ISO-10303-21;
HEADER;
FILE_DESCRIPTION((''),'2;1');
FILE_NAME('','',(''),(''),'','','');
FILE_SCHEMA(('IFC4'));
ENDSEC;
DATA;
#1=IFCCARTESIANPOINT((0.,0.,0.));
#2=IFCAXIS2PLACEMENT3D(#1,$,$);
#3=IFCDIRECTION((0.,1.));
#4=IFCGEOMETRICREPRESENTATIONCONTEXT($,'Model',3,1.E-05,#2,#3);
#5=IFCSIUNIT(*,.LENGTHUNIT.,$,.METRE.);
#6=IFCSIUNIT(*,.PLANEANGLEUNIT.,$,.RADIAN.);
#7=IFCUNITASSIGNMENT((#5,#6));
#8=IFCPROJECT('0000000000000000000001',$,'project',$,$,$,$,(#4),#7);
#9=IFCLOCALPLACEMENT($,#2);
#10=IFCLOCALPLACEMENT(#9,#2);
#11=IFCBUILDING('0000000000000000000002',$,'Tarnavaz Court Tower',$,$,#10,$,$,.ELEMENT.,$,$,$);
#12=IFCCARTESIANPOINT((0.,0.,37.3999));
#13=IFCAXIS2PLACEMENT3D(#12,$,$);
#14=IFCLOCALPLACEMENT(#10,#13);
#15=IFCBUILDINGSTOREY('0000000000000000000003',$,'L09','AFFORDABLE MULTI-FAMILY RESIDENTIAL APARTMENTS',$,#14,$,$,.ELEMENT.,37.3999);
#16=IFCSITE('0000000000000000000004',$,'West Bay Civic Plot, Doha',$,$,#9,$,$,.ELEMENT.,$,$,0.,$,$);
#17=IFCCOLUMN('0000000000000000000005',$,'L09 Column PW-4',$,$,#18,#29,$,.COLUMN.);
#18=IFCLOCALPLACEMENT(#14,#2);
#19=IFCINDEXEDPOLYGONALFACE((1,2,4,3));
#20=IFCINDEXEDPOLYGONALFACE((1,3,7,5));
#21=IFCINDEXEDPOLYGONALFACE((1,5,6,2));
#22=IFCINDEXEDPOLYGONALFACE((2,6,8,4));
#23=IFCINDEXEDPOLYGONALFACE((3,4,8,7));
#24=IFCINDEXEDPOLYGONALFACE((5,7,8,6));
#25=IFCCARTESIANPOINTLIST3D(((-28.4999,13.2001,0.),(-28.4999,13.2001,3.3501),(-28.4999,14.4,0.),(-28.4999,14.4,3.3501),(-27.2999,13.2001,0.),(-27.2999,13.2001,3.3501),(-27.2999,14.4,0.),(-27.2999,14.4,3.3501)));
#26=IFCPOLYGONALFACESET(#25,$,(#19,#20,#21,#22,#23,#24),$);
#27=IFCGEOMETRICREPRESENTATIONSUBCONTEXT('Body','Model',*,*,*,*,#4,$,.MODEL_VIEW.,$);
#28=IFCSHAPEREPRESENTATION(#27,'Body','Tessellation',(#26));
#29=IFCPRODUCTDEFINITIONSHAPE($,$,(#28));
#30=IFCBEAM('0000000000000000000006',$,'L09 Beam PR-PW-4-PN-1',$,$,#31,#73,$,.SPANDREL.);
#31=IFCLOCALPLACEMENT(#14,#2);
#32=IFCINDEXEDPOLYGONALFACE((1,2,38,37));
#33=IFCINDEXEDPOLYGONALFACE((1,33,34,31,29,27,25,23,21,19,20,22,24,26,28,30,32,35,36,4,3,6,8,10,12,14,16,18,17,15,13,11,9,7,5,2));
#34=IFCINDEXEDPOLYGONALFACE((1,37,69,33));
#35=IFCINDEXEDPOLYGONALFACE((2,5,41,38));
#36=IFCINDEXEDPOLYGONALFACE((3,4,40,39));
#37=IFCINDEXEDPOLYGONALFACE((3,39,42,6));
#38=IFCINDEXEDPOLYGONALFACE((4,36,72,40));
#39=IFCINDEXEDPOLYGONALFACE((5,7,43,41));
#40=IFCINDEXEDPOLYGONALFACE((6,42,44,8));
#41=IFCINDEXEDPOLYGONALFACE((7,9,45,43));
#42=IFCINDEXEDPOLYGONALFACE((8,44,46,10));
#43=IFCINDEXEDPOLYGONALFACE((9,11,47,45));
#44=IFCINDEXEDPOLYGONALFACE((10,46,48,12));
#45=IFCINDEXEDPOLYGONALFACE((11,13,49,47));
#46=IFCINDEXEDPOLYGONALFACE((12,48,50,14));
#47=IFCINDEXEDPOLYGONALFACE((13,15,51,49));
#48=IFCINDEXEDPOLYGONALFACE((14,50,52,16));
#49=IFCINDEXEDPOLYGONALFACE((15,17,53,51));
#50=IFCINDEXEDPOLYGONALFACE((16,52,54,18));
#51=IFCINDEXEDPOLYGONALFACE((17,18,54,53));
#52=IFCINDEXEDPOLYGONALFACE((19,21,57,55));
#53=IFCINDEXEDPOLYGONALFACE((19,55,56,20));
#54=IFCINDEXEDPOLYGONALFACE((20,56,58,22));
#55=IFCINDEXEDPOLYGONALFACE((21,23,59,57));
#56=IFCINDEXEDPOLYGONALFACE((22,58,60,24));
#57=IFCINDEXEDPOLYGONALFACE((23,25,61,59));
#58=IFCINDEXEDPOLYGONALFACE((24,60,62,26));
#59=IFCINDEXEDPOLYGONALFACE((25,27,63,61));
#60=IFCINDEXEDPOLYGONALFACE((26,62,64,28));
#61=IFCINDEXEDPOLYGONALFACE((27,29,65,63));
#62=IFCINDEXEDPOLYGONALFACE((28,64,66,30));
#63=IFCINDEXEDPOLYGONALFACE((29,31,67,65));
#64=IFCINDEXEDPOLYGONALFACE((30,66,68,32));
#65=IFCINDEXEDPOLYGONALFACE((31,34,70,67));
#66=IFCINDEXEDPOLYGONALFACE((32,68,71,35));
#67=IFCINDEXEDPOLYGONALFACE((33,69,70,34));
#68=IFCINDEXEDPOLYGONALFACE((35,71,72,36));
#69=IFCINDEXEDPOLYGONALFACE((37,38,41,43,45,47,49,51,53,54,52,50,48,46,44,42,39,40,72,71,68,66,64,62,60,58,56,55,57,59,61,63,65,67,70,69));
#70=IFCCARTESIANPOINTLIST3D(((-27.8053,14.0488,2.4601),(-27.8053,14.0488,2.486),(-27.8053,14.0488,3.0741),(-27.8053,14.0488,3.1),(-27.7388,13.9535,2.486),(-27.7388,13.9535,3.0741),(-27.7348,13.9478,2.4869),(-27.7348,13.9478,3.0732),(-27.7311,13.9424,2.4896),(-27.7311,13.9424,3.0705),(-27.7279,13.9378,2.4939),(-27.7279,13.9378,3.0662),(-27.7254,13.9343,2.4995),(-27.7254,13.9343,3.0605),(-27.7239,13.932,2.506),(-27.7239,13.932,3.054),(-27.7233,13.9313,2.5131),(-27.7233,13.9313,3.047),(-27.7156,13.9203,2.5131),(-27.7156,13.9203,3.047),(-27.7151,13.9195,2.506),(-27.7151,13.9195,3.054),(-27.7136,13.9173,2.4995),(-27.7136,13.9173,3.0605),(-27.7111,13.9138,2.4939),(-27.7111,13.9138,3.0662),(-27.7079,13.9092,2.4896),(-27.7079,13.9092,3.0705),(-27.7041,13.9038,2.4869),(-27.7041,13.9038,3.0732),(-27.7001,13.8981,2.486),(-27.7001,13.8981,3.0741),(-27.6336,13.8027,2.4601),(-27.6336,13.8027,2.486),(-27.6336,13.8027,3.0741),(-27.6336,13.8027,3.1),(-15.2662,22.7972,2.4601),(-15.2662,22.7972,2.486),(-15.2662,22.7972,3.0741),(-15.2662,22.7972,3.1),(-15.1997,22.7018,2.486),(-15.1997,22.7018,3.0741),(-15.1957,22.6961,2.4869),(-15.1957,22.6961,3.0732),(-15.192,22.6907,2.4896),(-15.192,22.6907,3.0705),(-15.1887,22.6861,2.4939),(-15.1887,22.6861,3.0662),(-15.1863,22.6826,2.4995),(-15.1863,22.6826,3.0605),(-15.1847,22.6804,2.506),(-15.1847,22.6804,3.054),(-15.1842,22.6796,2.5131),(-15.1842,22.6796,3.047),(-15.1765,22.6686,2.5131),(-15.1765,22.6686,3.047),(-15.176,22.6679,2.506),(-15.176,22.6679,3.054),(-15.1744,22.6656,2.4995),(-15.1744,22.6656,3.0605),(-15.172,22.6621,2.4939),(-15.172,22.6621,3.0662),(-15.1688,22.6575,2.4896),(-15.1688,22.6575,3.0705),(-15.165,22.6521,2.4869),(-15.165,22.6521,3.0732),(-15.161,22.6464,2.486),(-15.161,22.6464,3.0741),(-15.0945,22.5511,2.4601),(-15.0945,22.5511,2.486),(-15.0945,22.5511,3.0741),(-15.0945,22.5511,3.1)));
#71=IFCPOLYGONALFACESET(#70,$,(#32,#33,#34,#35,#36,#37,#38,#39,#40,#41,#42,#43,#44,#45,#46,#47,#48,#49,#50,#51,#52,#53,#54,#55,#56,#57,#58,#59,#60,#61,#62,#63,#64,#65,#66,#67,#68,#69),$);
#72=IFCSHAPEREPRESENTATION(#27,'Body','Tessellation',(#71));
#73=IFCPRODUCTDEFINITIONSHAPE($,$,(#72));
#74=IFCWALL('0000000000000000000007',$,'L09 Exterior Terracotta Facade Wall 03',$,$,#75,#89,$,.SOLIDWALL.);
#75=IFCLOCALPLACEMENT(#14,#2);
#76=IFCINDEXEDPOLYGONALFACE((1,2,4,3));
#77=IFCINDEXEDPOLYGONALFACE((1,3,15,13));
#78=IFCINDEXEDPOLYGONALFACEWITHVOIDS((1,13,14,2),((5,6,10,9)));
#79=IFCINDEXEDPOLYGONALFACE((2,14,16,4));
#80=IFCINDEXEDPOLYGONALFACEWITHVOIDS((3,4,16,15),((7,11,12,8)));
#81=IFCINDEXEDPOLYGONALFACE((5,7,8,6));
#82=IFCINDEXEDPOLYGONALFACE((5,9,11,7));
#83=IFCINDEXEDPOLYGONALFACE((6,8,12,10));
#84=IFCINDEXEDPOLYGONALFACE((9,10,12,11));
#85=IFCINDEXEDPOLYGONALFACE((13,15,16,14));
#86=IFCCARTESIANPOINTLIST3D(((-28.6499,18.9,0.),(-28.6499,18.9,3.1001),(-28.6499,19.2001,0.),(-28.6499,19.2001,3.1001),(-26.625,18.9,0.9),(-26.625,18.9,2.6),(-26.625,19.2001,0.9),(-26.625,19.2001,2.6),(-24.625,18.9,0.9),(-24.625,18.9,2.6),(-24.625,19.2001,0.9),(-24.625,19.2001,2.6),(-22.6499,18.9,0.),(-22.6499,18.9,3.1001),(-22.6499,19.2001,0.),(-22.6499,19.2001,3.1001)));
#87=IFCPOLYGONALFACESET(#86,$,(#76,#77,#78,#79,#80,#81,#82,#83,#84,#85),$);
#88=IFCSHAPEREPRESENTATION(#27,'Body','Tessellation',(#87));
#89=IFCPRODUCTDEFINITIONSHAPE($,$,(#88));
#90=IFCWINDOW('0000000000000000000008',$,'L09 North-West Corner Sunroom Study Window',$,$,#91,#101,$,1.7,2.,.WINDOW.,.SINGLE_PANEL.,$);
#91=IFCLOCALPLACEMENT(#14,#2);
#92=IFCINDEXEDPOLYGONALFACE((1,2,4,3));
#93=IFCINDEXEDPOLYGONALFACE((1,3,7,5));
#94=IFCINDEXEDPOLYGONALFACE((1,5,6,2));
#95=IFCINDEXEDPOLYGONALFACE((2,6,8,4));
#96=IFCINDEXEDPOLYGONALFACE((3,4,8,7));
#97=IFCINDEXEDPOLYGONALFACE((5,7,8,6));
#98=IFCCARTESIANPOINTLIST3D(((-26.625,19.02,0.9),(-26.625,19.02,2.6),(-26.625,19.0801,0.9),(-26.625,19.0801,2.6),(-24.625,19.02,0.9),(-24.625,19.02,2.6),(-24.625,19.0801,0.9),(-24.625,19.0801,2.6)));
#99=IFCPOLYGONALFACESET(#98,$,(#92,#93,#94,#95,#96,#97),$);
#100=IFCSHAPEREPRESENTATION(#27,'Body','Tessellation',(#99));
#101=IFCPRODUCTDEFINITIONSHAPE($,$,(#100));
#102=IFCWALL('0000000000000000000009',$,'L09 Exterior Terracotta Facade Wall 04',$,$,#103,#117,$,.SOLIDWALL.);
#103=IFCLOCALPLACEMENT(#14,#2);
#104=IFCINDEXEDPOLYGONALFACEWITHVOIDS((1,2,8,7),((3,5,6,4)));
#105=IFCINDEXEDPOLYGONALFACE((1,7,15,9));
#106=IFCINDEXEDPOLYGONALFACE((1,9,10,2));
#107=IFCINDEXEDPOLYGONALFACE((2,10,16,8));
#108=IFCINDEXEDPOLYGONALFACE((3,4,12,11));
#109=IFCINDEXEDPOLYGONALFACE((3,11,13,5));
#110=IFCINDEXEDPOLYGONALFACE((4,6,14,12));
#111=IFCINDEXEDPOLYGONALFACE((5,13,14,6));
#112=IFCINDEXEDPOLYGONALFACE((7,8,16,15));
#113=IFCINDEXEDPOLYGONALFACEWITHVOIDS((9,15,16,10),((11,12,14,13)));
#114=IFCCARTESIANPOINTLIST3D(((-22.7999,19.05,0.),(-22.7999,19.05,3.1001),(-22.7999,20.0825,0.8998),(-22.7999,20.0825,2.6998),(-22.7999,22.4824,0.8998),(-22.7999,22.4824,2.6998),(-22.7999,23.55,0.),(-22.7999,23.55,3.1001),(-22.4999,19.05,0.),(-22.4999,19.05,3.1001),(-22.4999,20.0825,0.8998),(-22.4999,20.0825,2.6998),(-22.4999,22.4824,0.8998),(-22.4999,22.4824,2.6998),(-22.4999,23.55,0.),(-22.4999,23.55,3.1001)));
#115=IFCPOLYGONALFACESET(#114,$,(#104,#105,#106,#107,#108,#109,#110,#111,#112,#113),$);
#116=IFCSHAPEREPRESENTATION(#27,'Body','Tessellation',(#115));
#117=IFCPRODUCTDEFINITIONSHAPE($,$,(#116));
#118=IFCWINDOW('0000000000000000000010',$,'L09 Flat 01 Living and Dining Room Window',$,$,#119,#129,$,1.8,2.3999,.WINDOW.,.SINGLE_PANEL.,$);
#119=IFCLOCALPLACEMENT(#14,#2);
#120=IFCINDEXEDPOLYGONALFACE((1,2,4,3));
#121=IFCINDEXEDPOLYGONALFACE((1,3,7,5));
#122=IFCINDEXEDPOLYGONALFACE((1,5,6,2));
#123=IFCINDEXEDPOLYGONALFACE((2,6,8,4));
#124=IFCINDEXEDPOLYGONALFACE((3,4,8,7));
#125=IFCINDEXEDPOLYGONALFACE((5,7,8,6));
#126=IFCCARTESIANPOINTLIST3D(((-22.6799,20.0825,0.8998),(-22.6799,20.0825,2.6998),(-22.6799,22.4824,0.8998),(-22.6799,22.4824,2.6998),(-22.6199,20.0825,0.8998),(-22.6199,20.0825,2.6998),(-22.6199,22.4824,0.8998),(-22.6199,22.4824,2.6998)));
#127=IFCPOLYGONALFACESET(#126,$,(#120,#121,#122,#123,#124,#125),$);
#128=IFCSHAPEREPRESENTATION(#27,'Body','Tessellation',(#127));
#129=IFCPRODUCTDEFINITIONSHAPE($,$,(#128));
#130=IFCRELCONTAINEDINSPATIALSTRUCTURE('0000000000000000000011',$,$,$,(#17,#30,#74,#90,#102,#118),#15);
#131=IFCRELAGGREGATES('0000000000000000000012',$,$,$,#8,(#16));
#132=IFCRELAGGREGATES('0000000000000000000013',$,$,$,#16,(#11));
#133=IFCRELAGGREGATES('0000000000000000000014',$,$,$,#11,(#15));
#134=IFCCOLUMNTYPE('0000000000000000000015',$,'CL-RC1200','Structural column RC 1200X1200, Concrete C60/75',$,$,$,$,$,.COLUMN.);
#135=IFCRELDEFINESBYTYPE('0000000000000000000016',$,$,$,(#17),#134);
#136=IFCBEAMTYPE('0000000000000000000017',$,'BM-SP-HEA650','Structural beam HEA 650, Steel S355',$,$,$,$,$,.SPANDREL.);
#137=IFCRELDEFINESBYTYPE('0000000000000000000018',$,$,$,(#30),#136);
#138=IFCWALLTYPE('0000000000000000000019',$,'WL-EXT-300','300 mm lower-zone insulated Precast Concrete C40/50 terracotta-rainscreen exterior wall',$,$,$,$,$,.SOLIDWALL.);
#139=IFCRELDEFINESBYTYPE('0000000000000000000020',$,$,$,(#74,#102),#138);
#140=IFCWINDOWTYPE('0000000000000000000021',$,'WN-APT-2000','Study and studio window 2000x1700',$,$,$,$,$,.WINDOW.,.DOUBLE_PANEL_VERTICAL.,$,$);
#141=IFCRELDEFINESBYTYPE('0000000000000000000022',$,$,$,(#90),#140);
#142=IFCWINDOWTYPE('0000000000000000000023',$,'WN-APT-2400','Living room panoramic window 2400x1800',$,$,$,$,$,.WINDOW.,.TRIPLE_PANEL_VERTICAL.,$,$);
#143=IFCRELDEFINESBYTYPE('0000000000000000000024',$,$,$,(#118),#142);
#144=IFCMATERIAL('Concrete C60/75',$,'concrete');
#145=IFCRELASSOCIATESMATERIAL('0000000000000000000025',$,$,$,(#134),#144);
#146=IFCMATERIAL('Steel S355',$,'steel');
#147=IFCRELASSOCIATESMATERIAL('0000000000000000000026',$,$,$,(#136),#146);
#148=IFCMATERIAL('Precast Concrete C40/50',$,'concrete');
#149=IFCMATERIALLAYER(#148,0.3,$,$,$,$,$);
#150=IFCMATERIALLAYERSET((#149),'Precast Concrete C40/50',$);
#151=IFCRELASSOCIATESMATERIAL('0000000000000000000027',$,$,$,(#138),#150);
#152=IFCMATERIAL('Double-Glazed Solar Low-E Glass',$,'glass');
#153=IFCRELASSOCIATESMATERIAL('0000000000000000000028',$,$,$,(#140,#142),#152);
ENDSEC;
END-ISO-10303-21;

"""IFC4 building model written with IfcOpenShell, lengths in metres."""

from ifc_helpers import new_model, si_unit, direction, frame, frame_2d, origin, origin_2d, place, context, subcontext, project, spatial, rectangle, i_section, extrude, material, layer, layer_set, material_profile, profile_set, type_object, element, fill, save


model = new_model("IFC4")

# Units and contexts
model_context = context("Model", 3, precision=1e-05, world=origin(), true_north=direction((0.0, 1.0)))
body_context = subcontext(model_context, "Body", "Model", "MODEL_VIEW")
ifc_project = project(units=[si_unit("LENGTHUNIT", "METRE"), si_unit("PLANEANGLEUNIT", "RADIAN")], contexts=[model_context])

# Site, building, storey
site_placement = place(None, origin())
site = spatial("IfcSite", under=ifc_project, at=site_placement, Name="West Bay Civic Plot, Doha", CompositionType="ELEMENT", RefElevation=0.0)
building_placement = place(site_placement, origin())
building = spatial("IfcBuilding", under=site, at=building_placement, Name="Tarnavaz Court Tower", CompositionType="ELEMENT")
storey_placement = place(building_placement, frame((0.0, 0.0, 37.3999)))
storey = spatial("IfcBuildingStorey", under=building, at=storey_placement, Name="L09", Description="AFFORDABLE MULTI-FAMILY RESIDENTIAL APARTMENTS", CompositionType="ELEMENT", Elevation=37.3999)

# Column
ifc_material_1 = material(Name="Concrete C60/75", Category="concrete")
ifc_material_profile_1 = material_profile(ifc_material_1, rectangle(XDim=1.2, YDim=1.2, at=origin_2d()), Name="RC 1200X1200")
ifc_profile_set_1 = profile_set([ifc_material_profile_1], Name="Concrete C60/75")
column_type = type_object("IfcColumnType", Name="CL-RC1200", Description="Structural column RC 1200X1200, Concrete C60/75", PredefinedType="COLUMN", material=ifc_profile_set_1)
column_placement = place(storey_placement, frame((-27.8999, 13.8, 0.0), z_axis=(0.0, 0.0, 1.0), x_axis=(1.0, 0.0, 0.0)))
element("IfcColumn", 1, at=column_placement, inside=storey, type_object=column_type, Name="L09 Column PW-4", PredefinedType="COLUMN", context=body_context, shape_type="SweptSolid", body=[
    extrude(rectangle(XDim=1.2, YDim=1.2, at=origin_2d()), origin(), (0.0, 0.0, 1.0), 3.3501),
])

# Beam
ifc_material_2 = material(Name="Steel S355", Category="steel")
ifc_material_profile_2 = material_profile(ifc_material_2, i_section(OverallWidth=0.3, OverallDepth=0.6399, WebThickness=0.0134, FlangeThickness=0.0259, FilletRadius=0.0271, at=origin_2d()), Name="HEA 650")
ifc_profile_set_2 = profile_set([ifc_material_profile_2], Name="Steel S355")
beam_type = type_object("IfcBeamType", Name="BM-SP-HEA650", Description="Structural beam HEA 650, Steel S355", PredefinedType="SPANDREL", material=ifc_profile_set_2)
beam_placement = place(storey_placement, frame((-27.7195, 13.9258, 2.78), z_axis=(0.820124, 0.572186, 0.0), x_axis=(-0.572186, 0.820124, 0.0)))
element("IfcBeam", 2, at=beam_placement, inside=storey, type_object=beam_type, Name="L09 Beam PR-PW-4-PN-1", PredefinedType="SPANDREL", context=body_context, shape_type="SweptSolid", body=[
    extrude(i_section(OverallWidth=0.3, OverallDepth=0.6399, WebThickness=0.0134, FlangeThickness=0.0259, FilletRadius=0.0271, at=origin_2d()), origin(), (0.0, 0.0, 1.0), 15.2893),
])

# Walls, openings, windows
ifc_material_3 = material(Name="Precast Concrete C40/50", Category="concrete")
ifc_layer_1 = layer(ifc_material_3, 0.3)
ifc_layer_set_1 = layer_set([ifc_layer_1], Name="Precast Concrete C40/50")
wall_type_1 = type_object("IfcWallType", Name="WL-EXT-300", Description="300 mm lower-zone insulated Precast Concrete C40/50 terracotta-rainscreen exterior wall", PredefinedType="SOLIDWALL", material=ifc_layer_set_1)
wall_1_placement = place(storey_placement, frame((-28.6499, 19.05, 0.0), z_axis=(0.0, 0.0, 1.0), x_axis=(1.0, 0.0, 0.0)))
wall_1 = element("IfcWall", 3, at=wall_1_placement, inside=storey, type_object=wall_type_1, Name="L09 Exterior Terracotta Facade Wall 03", PredefinedType="SOLIDWALL", context=body_context, shape_type="SweptSolid", body=[
    extrude(rectangle(XDim=6.0, YDim=0.3, at=frame_2d((3.0, 0.0))), origin(), (0.0, 0.0, 1.0), 3.1001),
])
opening_1_placement = place(wall_1_placement, frame((2.0249, 0.0, 0.8999)))
opening_1 = element("IfcOpeningElement", 4, at=opening_1_placement, cuts=wall_1, PredefinedType="OPENING", context=body_context, shape_type="SweptSolid", body=[
    extrude(rectangle(XDim=2.0, YDim=1.7, at=frame_2d((1.0, 0.8501))), frame((0.0, 0.1599, 0.0), z_axis=(0.0, -1.0, 0.0), x_axis=(1.0, 0.0, 0.0)), (0.0, 0.0, 1.0), 0.3201),
])
ifc_material_4 = material(Name="Double-Glazed Solar Low-E Glass", Category="glass")
window_type_1 = type_object("IfcWindowType", Name="WN-APT-2000", Description="Study and studio window 2000x1700", PartitioningType="DOUBLE_PANEL_VERTICAL", PredefinedType="WINDOW", material=ifc_material_4)
window_1_placement = place(opening_1_placement, origin())
window_1 = element("IfcWindow", 5, at=window_1_placement, inside=storey, type_object=window_type_1, Name="L09 North-West Corner Sunroom Study Window", OverallHeight=1.7, OverallWidth=2.0, PartitioningType="SINGLE_PANEL", PredefinedType="WINDOW", context=body_context, shape_type="SweptSolid", body=[
    extrude(rectangle(XDim=2.0, YDim=1.7, at=frame_2d((1.0, 0.8501))), frame((0.0, 0.03, 0.0), z_axis=(0.0, -1.0, 0.0), x_axis=(1.0, 0.0, 0.0)), (0.0, 0.0, 1.0), 0.0601),
])
fill(opening_1, window_1)
wall_2_placement = place(storey_placement, frame((-22.6499, 19.05, 0.0), z_axis=(0.0, 0.0, 1.0), x_axis=(0.0, 1.0, 0.0)))
wall_2 = element("IfcWall", 6, at=wall_2_placement, inside=storey, type_object=wall_type_1, Name="L09 Exterior Terracotta Facade Wall 04", PredefinedType="SOLIDWALL", context=body_context, shape_type="SweptSolid", body=[
    extrude(rectangle(XDim=4.5, YDim=0.3, at=frame_2d((2.25, 0.0))), origin(), (0.0, 0.0, 1.0), 3.1001),
])
opening_2_placement = place(wall_2_placement, frame((1.0325, 0.0, 0.8999)))
opening_2 = element("IfcOpeningElement", 7, at=opening_2_placement, cuts=wall_2, PredefinedType="OPENING", context=body_context, shape_type="SweptSolid", body=[
    extrude(rectangle(XDim=2.3999, YDim=1.8, at=frame_2d((1.2, 0.8999))), frame((0.0, 0.1599, 0.0), z_axis=(0.0, -1.0, 0.0), x_axis=(1.0, 0.0, 0.0)), (0.0, 0.0, 1.0), 0.3201),
])
window_type_2 = type_object("IfcWindowType", Name="WN-APT-2400", Description="Living room panoramic window 2400x1800", PartitioningType="TRIPLE_PANEL_VERTICAL", PredefinedType="WINDOW", material=ifc_material_4)
window_2_placement = place(opening_2_placement, origin())
window_2 = element("IfcWindow", 8, at=window_2_placement, inside=storey, type_object=window_type_2, Name="L09 Flat 01 Living and Dining Room Window", OverallHeight=1.8, OverallWidth=2.3999, PartitioningType="SINGLE_PANEL", PredefinedType="WINDOW", context=body_context, shape_type="SweptSolid", body=[
    extrude(rectangle(XDim=2.3999, YDim=1.8, at=frame_2d((1.2, 0.8999))), frame((0.0, 0.03, 0.0), z_axis=(0.0, -1.0, 0.0), x_axis=(1.0, 0.0, 0.0)), (0.0, 0.0, 1.0), 0.0601),
])
fill(opening_2, window_2)

save(model, "model.ifc")
